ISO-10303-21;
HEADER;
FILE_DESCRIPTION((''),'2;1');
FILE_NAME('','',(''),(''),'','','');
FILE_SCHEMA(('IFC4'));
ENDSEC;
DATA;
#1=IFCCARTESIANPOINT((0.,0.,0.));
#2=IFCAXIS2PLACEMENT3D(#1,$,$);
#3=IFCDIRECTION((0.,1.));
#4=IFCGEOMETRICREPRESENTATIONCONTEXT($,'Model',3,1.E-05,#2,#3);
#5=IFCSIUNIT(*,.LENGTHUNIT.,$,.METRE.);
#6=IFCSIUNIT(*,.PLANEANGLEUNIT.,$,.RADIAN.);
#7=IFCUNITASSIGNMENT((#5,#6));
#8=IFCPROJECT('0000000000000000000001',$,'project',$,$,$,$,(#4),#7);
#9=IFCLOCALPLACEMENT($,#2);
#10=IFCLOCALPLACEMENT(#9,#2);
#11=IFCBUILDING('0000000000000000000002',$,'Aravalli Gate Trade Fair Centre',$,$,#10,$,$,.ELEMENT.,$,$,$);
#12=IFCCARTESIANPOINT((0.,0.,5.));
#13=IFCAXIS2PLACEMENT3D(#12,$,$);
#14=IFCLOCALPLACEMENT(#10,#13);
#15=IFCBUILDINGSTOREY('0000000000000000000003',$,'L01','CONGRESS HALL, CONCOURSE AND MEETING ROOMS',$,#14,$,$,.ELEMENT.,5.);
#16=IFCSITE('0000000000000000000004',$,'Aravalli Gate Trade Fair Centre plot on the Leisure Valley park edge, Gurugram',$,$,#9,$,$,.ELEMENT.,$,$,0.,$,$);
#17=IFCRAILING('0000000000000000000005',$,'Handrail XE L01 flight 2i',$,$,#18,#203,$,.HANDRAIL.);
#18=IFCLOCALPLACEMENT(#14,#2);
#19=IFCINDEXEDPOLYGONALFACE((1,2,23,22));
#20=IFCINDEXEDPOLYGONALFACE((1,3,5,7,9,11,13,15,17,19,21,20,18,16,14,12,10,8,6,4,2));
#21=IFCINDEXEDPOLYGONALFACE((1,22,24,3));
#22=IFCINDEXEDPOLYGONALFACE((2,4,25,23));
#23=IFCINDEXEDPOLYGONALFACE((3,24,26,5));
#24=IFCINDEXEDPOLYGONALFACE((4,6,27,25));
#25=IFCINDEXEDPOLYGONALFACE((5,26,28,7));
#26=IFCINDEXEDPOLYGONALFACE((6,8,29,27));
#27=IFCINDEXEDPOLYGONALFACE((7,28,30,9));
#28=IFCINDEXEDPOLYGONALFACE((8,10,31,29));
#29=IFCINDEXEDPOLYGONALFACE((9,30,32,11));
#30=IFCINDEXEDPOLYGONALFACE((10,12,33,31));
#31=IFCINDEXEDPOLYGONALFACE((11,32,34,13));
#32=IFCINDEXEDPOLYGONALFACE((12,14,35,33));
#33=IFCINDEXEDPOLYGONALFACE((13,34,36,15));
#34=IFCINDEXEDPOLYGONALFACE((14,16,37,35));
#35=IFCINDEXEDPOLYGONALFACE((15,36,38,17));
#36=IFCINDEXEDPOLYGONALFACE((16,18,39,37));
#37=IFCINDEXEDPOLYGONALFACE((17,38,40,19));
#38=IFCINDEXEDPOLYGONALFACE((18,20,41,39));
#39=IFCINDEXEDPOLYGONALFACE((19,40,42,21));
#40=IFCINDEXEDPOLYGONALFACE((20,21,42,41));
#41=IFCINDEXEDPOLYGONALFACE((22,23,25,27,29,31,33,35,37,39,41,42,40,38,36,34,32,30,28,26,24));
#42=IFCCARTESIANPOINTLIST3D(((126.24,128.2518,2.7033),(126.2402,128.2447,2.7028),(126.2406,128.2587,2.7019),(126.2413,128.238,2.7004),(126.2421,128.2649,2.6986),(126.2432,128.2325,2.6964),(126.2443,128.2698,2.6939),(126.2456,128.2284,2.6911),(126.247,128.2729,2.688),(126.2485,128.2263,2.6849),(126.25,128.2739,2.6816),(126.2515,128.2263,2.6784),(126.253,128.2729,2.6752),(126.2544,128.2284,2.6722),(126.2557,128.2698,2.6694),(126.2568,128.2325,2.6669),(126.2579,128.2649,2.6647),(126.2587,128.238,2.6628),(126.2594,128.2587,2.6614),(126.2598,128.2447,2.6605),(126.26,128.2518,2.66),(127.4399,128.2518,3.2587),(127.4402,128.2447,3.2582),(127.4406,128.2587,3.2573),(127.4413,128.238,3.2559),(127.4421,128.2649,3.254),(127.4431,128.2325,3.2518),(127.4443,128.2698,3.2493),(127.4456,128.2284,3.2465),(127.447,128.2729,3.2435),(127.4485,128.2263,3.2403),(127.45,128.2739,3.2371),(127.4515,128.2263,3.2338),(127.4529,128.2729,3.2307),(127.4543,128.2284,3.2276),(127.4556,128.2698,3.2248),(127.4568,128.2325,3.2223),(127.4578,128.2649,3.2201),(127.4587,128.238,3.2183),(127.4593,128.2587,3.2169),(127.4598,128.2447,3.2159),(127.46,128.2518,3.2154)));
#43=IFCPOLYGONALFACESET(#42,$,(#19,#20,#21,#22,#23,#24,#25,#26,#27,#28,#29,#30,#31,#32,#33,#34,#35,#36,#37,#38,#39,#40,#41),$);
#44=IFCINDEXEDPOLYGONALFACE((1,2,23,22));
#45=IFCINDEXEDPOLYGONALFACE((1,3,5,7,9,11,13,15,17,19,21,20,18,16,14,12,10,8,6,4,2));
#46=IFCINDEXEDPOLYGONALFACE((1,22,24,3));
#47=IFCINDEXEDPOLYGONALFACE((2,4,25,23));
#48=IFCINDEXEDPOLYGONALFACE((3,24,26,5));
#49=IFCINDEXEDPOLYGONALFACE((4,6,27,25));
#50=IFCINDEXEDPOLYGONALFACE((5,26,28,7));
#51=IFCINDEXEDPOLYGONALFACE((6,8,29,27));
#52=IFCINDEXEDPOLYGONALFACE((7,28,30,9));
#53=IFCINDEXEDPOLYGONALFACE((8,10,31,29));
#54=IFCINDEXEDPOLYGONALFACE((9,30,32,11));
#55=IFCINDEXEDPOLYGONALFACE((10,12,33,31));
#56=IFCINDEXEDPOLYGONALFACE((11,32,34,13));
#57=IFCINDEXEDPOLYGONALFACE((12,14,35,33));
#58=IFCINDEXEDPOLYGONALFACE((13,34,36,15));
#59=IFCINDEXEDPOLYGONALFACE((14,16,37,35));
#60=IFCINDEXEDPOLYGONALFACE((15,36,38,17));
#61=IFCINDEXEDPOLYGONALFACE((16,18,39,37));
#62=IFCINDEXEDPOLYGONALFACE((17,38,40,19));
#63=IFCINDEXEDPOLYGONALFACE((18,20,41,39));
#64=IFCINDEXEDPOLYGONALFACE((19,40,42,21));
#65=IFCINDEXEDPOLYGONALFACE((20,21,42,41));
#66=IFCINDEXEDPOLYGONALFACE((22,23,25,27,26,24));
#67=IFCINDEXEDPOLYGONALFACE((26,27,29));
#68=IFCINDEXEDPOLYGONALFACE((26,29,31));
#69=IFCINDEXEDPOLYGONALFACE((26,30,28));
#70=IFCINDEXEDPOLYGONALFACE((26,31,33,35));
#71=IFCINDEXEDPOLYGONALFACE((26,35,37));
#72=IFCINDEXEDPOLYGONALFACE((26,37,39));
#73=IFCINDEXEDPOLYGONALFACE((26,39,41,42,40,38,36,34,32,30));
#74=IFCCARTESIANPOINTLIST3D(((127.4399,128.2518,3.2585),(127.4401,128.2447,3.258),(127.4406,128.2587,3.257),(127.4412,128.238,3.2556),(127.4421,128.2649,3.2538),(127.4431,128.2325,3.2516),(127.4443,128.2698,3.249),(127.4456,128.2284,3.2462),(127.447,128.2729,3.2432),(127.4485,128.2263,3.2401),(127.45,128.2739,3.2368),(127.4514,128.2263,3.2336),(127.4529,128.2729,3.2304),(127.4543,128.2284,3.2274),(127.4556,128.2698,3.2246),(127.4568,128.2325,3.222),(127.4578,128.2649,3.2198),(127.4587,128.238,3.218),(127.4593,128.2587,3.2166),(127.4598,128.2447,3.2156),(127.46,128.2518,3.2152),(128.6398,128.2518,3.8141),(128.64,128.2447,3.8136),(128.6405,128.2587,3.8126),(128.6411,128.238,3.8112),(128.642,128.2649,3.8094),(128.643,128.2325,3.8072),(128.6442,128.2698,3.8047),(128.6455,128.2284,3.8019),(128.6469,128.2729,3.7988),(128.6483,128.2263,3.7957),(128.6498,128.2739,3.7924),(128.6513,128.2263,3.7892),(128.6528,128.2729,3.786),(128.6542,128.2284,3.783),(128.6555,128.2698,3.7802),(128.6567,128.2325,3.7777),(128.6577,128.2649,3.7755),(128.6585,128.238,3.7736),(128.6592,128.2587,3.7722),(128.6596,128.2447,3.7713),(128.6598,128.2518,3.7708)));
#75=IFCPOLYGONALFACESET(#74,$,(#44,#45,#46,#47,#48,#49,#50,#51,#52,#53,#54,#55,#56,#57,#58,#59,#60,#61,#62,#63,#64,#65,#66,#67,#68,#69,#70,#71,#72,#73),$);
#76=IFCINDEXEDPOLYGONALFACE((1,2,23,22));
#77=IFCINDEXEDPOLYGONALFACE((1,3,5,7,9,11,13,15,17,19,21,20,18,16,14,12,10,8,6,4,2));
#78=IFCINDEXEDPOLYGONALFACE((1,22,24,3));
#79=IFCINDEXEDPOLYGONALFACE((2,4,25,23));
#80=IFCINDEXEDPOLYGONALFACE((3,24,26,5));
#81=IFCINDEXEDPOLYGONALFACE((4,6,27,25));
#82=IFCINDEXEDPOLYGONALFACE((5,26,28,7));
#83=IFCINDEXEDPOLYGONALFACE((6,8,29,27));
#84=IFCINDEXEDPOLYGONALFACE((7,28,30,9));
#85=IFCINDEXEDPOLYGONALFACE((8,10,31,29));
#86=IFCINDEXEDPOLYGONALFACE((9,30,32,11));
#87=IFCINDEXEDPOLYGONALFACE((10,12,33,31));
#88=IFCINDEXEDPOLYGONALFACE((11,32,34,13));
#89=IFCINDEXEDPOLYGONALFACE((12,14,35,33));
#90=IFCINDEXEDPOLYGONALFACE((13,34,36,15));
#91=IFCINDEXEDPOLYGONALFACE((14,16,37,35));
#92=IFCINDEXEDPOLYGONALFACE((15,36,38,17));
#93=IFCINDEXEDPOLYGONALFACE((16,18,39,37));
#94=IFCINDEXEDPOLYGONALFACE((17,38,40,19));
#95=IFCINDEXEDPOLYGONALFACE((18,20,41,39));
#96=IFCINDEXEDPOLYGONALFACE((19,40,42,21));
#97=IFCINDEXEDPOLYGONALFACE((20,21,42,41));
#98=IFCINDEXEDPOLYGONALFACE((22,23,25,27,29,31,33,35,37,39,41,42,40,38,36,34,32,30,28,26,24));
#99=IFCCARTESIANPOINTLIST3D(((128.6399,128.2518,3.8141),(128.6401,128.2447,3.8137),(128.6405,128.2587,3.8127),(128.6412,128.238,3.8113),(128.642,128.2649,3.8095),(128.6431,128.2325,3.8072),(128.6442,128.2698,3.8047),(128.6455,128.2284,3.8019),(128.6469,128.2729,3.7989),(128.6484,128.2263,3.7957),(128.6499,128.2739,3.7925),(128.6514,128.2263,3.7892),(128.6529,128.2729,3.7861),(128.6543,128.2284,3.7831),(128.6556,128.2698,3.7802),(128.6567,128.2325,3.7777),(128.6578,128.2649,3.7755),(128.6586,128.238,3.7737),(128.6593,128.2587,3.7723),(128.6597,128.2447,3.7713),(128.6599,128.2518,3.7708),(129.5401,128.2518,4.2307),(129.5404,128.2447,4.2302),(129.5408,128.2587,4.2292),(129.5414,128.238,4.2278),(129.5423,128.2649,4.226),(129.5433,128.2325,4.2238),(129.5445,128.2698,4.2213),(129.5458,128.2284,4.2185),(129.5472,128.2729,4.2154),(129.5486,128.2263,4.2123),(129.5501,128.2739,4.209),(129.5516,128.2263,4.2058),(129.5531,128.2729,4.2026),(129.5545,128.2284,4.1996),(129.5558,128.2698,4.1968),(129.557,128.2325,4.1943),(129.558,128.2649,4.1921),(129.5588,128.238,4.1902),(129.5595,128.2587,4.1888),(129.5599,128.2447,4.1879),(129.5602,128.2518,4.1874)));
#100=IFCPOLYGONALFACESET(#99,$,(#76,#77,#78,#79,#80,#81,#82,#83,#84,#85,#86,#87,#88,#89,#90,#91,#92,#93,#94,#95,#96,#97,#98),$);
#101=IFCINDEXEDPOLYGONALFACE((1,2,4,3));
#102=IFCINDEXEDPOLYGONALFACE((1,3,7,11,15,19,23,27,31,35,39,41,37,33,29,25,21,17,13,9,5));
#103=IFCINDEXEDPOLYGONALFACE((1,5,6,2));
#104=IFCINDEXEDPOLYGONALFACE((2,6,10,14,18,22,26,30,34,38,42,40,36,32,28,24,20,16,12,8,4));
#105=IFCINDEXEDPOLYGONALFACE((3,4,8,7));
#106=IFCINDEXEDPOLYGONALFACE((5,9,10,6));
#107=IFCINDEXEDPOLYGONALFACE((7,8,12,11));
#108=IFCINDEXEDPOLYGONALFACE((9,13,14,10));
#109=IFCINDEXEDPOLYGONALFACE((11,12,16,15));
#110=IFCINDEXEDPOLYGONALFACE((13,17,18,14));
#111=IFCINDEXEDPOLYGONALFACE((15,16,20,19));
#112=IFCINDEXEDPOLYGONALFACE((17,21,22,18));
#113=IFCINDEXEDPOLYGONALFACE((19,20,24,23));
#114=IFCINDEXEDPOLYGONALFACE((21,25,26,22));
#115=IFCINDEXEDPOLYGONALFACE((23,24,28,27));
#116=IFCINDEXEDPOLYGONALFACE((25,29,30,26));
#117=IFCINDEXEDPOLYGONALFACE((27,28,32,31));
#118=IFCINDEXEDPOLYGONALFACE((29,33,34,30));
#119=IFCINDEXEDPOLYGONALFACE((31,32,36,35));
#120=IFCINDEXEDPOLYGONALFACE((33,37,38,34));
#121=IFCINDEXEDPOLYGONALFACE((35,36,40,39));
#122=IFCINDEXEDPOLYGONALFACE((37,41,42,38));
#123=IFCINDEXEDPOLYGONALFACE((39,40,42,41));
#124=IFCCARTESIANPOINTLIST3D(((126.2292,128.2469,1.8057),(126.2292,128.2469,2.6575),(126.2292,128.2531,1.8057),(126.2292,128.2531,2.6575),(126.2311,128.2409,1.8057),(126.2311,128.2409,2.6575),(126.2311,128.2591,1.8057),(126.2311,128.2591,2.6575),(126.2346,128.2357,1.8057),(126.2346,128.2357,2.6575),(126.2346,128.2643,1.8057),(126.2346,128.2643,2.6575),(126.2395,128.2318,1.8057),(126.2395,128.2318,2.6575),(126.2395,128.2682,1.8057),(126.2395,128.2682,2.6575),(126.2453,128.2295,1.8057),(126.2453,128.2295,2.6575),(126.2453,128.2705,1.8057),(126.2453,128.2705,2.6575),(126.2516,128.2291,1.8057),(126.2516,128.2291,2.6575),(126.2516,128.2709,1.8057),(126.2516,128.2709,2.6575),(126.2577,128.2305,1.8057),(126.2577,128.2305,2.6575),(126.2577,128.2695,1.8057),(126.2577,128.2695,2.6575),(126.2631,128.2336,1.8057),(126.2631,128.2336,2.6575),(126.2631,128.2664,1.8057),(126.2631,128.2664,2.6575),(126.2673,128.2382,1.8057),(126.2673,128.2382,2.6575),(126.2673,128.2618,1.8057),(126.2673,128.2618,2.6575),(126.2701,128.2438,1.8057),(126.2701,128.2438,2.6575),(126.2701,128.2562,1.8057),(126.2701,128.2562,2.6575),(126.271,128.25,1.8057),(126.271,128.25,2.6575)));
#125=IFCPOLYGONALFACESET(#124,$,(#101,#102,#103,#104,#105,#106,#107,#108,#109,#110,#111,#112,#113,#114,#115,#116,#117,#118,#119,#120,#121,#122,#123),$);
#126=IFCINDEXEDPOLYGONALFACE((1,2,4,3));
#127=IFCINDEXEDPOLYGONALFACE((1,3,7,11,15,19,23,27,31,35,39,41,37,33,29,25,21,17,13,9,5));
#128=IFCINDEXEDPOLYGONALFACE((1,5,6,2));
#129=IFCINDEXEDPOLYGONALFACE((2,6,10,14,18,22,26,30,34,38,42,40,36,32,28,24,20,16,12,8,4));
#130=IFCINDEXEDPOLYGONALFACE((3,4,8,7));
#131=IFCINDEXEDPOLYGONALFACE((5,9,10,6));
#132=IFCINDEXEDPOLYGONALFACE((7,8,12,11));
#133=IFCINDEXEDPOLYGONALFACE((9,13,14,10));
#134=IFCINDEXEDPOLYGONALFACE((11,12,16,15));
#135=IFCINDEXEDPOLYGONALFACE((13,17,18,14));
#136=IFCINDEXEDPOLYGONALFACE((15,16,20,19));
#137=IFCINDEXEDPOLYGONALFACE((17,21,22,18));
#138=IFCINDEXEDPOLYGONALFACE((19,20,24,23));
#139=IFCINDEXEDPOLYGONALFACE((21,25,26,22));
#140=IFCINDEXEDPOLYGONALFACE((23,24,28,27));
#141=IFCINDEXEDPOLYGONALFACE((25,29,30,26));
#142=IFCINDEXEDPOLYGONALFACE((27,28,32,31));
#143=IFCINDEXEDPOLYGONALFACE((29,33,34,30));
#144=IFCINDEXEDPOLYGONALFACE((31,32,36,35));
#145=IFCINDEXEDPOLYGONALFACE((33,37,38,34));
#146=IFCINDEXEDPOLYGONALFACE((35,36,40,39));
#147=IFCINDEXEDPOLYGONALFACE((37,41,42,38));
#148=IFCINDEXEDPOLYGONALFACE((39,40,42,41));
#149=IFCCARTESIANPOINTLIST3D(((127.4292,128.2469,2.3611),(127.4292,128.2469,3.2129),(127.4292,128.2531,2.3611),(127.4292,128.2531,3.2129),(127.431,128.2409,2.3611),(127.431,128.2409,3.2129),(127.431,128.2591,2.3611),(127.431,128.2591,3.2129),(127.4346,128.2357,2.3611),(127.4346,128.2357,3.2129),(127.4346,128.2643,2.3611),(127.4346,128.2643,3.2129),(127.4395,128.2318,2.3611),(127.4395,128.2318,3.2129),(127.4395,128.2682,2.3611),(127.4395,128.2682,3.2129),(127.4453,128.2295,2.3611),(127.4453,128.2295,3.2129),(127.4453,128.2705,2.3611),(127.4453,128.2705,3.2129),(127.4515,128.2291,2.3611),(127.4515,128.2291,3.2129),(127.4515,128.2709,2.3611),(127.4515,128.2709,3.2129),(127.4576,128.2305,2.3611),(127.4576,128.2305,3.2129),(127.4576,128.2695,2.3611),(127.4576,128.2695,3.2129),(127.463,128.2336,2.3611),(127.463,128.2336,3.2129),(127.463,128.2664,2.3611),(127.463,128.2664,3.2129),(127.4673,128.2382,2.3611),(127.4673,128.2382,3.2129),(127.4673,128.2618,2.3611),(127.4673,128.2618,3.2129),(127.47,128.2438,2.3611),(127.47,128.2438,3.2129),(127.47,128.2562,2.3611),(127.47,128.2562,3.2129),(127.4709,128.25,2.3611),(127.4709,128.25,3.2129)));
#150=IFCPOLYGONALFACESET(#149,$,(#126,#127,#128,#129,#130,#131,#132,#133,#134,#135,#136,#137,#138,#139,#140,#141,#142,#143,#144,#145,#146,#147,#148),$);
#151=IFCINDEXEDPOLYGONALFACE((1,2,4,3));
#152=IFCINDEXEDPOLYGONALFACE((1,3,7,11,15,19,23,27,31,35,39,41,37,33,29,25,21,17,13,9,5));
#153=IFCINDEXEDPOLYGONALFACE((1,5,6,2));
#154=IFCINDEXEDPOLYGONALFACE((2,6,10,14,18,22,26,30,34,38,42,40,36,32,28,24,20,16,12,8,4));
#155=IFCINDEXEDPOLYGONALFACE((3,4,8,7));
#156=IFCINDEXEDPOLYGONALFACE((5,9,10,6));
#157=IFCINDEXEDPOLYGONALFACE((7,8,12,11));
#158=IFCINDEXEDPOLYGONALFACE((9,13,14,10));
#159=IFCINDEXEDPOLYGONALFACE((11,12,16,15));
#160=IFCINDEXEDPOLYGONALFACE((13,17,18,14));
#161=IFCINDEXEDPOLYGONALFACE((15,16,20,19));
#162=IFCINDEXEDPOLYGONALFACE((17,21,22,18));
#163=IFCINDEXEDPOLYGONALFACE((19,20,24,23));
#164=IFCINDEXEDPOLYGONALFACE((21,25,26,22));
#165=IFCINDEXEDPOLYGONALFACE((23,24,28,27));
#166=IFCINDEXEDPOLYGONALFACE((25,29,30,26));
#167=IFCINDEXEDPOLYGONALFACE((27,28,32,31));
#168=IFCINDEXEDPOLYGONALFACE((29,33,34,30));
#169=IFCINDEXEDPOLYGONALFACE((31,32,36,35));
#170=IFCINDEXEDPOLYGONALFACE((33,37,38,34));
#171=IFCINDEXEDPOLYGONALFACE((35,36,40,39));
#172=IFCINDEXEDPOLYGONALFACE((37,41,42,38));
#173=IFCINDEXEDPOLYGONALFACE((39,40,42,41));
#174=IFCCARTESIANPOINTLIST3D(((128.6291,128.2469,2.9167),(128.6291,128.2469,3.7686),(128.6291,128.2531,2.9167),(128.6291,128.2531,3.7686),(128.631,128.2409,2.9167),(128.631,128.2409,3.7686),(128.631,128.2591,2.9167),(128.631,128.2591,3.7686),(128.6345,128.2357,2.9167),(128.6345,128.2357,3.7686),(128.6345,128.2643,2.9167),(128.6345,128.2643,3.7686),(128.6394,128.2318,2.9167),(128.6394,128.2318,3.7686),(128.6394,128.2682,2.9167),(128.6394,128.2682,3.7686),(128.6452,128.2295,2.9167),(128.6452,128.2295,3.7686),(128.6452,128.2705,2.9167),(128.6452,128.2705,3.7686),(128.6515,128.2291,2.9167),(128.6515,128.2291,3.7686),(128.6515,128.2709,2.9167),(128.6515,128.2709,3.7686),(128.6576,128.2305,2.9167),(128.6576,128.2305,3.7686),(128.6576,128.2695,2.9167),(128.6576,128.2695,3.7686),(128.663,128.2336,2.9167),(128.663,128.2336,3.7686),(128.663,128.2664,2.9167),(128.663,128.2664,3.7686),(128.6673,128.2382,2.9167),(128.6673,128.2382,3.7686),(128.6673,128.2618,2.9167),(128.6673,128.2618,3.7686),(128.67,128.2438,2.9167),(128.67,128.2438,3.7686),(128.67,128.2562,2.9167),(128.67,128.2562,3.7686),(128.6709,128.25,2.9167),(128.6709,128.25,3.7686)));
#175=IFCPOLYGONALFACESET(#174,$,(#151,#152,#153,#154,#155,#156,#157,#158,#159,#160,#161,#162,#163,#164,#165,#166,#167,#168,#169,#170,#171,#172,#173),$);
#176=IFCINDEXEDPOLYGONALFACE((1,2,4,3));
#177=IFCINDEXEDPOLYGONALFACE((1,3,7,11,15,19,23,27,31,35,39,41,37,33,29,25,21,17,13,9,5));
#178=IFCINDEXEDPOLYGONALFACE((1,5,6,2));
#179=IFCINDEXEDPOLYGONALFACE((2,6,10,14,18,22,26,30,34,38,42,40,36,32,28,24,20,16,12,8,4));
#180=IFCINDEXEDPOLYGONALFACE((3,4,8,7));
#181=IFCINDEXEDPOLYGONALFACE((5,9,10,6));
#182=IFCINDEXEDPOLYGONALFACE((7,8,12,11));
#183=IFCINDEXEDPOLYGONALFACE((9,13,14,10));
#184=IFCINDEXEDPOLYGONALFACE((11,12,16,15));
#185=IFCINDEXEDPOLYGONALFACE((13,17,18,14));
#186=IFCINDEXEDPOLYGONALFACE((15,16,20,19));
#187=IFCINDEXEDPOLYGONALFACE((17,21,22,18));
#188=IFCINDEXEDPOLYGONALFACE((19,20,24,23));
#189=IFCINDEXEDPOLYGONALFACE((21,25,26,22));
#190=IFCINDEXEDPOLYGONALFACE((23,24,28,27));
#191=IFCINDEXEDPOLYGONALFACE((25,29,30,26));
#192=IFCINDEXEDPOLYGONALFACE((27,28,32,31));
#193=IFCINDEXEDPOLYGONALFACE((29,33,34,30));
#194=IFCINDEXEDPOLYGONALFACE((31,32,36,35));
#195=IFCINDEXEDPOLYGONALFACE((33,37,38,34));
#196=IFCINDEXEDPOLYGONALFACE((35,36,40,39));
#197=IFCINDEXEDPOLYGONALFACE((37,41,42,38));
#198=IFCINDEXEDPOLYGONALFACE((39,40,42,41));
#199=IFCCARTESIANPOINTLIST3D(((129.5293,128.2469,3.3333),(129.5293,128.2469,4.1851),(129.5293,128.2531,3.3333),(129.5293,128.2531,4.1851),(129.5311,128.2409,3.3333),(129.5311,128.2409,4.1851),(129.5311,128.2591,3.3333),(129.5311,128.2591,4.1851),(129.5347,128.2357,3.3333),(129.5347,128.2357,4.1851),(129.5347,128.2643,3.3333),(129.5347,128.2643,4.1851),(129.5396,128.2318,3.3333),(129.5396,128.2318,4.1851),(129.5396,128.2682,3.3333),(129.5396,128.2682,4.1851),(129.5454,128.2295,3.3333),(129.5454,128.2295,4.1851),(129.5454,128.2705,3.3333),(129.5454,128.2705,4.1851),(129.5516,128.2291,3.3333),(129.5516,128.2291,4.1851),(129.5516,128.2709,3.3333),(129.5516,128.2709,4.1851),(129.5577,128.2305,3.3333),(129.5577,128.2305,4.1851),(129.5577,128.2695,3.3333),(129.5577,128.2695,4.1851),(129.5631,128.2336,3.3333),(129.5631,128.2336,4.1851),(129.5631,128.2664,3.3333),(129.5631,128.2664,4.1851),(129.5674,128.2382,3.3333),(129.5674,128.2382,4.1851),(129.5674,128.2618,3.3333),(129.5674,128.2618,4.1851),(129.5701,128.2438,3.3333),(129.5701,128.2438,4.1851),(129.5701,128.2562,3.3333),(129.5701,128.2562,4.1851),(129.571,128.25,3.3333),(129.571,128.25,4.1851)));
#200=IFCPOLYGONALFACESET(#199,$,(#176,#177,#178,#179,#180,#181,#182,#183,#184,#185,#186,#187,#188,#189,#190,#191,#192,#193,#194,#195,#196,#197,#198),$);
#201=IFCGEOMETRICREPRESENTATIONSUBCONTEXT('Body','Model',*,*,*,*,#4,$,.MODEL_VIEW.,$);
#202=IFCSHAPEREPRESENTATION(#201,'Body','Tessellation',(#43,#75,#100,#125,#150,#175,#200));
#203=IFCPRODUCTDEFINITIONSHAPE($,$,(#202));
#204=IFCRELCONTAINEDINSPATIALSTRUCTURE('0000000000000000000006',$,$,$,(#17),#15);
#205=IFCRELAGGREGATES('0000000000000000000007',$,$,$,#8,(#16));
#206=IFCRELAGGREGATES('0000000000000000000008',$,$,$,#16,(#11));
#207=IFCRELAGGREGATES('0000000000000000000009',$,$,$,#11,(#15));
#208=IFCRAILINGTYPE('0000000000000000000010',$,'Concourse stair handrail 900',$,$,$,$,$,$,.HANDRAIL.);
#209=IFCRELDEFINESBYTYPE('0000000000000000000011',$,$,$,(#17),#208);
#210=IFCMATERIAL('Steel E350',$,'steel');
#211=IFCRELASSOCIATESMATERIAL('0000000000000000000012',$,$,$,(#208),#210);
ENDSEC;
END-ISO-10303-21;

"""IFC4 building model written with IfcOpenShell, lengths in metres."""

from ifc_helpers import new_model, si_unit, direction, frame, origin, origin_2d, place, context, subcontext, project, spatial, circle, extrude, material, type_object, element, save


model = new_model("IFC4")

# Units and contexts
model_context = context("Model", 3, precision=1e-05, world=origin(), true_north=direction((0.0, 1.0)))
body_context = subcontext(model_context, "Body", "Model", "MODEL_VIEW")
ifc_project = project(units=[si_unit("LENGTHUNIT", "METRE"), si_unit("PLANEANGLEUNIT", "RADIAN")], contexts=[model_context])

# Site, building, storey
site_placement = place(None, origin())
site = spatial("IfcSite", under=ifc_project, at=site_placement, Name="Aravalli Gate Trade Fair Centre plot on the Leisure Valley park edge, Gurugram", CompositionType="ELEMENT", RefElevation=0.0)
building_placement = place(site_placement, origin())
building = spatial("IfcBuilding", under=site, at=building_placement, Name="Aravalli Gate Trade Fair Centre", CompositionType="ELEMENT")
storey_placement = place(building_placement, frame((0.0, 0.0, 5.0)))
storey = spatial("IfcBuildingStorey", under=building, at=storey_placement, Name="L01", Description="CONGRESS HALL, CONCOURSE AND MEETING ROOMS", CompositionType="ELEMENT", Elevation=5.0)

# Shared definitions
ifc_material_1 = material(Name="Steel E350", Category="steel")

# Railing
railing_type = type_object("IfcRailingType", Name="Concourse stair handrail 900", PredefinedType="HANDRAIL", material=ifc_material_1)
for number, where, name in (
    (1, (126.25, 128.25, 1.8057), "Handrail XE L01 flight 2i"),
):
    element("IfcRailing", number, at=place(storey_placement, frame(where)), inside=storey, type_object=railing_type, Name=name, PredefinedType="HANDRAIL", context=body_context, shape_type="SweptSolid", body=[
        extrude(circle(Radius=0.0239, at=origin_2d()), frame((0.0, 0.0, 0.876), z_axis=(0.907499, 0.0, 0.420053), x_axis=(0.0, 1.0, 0.0)), (0.0, 0.0, 1.0), 1.3223),
        extrude(circle(Radius=0.0239, at=origin_2d()), frame((1.2, 0.0, 1.4312), z_axis=(0.907429, 0.0, 0.420205), x_axis=(0.0, 1.0, 0.0)), (0.0, 0.0, 1.0), 1.3223),
        extrude(circle(Radius=0.0239, at=origin_2d()), frame((2.3999, 0.0, 1.9868), z_axis=(0.907556, 0.0, 0.419932), x_axis=(0.0, 1.0, 0.0)), (0.0, 0.0, 1.0), 0.9919),
        extrude(circle(Radius=0.021, at=origin_2d()), origin(), (0.0, 0.0, 1.0), 0.8518),
        extrude(circle(Radius=0.021, at=origin_2d()), frame((1.2, 0.0, 0.5554)), (0.0, 0.0, 1.0), 0.8518),
        extrude(circle(Radius=0.021, at=origin_2d()), frame((2.3999, 0.0, 1.1111)), (0.0, 0.0, 1.0), 0.8518),
        extrude(circle(Radius=0.021, at=origin_2d()), frame((3.3, 0.0, 1.5276)), (0.0, 0.0, 1.0), 0.8518),
    ])

save(model, "model.ifc")
